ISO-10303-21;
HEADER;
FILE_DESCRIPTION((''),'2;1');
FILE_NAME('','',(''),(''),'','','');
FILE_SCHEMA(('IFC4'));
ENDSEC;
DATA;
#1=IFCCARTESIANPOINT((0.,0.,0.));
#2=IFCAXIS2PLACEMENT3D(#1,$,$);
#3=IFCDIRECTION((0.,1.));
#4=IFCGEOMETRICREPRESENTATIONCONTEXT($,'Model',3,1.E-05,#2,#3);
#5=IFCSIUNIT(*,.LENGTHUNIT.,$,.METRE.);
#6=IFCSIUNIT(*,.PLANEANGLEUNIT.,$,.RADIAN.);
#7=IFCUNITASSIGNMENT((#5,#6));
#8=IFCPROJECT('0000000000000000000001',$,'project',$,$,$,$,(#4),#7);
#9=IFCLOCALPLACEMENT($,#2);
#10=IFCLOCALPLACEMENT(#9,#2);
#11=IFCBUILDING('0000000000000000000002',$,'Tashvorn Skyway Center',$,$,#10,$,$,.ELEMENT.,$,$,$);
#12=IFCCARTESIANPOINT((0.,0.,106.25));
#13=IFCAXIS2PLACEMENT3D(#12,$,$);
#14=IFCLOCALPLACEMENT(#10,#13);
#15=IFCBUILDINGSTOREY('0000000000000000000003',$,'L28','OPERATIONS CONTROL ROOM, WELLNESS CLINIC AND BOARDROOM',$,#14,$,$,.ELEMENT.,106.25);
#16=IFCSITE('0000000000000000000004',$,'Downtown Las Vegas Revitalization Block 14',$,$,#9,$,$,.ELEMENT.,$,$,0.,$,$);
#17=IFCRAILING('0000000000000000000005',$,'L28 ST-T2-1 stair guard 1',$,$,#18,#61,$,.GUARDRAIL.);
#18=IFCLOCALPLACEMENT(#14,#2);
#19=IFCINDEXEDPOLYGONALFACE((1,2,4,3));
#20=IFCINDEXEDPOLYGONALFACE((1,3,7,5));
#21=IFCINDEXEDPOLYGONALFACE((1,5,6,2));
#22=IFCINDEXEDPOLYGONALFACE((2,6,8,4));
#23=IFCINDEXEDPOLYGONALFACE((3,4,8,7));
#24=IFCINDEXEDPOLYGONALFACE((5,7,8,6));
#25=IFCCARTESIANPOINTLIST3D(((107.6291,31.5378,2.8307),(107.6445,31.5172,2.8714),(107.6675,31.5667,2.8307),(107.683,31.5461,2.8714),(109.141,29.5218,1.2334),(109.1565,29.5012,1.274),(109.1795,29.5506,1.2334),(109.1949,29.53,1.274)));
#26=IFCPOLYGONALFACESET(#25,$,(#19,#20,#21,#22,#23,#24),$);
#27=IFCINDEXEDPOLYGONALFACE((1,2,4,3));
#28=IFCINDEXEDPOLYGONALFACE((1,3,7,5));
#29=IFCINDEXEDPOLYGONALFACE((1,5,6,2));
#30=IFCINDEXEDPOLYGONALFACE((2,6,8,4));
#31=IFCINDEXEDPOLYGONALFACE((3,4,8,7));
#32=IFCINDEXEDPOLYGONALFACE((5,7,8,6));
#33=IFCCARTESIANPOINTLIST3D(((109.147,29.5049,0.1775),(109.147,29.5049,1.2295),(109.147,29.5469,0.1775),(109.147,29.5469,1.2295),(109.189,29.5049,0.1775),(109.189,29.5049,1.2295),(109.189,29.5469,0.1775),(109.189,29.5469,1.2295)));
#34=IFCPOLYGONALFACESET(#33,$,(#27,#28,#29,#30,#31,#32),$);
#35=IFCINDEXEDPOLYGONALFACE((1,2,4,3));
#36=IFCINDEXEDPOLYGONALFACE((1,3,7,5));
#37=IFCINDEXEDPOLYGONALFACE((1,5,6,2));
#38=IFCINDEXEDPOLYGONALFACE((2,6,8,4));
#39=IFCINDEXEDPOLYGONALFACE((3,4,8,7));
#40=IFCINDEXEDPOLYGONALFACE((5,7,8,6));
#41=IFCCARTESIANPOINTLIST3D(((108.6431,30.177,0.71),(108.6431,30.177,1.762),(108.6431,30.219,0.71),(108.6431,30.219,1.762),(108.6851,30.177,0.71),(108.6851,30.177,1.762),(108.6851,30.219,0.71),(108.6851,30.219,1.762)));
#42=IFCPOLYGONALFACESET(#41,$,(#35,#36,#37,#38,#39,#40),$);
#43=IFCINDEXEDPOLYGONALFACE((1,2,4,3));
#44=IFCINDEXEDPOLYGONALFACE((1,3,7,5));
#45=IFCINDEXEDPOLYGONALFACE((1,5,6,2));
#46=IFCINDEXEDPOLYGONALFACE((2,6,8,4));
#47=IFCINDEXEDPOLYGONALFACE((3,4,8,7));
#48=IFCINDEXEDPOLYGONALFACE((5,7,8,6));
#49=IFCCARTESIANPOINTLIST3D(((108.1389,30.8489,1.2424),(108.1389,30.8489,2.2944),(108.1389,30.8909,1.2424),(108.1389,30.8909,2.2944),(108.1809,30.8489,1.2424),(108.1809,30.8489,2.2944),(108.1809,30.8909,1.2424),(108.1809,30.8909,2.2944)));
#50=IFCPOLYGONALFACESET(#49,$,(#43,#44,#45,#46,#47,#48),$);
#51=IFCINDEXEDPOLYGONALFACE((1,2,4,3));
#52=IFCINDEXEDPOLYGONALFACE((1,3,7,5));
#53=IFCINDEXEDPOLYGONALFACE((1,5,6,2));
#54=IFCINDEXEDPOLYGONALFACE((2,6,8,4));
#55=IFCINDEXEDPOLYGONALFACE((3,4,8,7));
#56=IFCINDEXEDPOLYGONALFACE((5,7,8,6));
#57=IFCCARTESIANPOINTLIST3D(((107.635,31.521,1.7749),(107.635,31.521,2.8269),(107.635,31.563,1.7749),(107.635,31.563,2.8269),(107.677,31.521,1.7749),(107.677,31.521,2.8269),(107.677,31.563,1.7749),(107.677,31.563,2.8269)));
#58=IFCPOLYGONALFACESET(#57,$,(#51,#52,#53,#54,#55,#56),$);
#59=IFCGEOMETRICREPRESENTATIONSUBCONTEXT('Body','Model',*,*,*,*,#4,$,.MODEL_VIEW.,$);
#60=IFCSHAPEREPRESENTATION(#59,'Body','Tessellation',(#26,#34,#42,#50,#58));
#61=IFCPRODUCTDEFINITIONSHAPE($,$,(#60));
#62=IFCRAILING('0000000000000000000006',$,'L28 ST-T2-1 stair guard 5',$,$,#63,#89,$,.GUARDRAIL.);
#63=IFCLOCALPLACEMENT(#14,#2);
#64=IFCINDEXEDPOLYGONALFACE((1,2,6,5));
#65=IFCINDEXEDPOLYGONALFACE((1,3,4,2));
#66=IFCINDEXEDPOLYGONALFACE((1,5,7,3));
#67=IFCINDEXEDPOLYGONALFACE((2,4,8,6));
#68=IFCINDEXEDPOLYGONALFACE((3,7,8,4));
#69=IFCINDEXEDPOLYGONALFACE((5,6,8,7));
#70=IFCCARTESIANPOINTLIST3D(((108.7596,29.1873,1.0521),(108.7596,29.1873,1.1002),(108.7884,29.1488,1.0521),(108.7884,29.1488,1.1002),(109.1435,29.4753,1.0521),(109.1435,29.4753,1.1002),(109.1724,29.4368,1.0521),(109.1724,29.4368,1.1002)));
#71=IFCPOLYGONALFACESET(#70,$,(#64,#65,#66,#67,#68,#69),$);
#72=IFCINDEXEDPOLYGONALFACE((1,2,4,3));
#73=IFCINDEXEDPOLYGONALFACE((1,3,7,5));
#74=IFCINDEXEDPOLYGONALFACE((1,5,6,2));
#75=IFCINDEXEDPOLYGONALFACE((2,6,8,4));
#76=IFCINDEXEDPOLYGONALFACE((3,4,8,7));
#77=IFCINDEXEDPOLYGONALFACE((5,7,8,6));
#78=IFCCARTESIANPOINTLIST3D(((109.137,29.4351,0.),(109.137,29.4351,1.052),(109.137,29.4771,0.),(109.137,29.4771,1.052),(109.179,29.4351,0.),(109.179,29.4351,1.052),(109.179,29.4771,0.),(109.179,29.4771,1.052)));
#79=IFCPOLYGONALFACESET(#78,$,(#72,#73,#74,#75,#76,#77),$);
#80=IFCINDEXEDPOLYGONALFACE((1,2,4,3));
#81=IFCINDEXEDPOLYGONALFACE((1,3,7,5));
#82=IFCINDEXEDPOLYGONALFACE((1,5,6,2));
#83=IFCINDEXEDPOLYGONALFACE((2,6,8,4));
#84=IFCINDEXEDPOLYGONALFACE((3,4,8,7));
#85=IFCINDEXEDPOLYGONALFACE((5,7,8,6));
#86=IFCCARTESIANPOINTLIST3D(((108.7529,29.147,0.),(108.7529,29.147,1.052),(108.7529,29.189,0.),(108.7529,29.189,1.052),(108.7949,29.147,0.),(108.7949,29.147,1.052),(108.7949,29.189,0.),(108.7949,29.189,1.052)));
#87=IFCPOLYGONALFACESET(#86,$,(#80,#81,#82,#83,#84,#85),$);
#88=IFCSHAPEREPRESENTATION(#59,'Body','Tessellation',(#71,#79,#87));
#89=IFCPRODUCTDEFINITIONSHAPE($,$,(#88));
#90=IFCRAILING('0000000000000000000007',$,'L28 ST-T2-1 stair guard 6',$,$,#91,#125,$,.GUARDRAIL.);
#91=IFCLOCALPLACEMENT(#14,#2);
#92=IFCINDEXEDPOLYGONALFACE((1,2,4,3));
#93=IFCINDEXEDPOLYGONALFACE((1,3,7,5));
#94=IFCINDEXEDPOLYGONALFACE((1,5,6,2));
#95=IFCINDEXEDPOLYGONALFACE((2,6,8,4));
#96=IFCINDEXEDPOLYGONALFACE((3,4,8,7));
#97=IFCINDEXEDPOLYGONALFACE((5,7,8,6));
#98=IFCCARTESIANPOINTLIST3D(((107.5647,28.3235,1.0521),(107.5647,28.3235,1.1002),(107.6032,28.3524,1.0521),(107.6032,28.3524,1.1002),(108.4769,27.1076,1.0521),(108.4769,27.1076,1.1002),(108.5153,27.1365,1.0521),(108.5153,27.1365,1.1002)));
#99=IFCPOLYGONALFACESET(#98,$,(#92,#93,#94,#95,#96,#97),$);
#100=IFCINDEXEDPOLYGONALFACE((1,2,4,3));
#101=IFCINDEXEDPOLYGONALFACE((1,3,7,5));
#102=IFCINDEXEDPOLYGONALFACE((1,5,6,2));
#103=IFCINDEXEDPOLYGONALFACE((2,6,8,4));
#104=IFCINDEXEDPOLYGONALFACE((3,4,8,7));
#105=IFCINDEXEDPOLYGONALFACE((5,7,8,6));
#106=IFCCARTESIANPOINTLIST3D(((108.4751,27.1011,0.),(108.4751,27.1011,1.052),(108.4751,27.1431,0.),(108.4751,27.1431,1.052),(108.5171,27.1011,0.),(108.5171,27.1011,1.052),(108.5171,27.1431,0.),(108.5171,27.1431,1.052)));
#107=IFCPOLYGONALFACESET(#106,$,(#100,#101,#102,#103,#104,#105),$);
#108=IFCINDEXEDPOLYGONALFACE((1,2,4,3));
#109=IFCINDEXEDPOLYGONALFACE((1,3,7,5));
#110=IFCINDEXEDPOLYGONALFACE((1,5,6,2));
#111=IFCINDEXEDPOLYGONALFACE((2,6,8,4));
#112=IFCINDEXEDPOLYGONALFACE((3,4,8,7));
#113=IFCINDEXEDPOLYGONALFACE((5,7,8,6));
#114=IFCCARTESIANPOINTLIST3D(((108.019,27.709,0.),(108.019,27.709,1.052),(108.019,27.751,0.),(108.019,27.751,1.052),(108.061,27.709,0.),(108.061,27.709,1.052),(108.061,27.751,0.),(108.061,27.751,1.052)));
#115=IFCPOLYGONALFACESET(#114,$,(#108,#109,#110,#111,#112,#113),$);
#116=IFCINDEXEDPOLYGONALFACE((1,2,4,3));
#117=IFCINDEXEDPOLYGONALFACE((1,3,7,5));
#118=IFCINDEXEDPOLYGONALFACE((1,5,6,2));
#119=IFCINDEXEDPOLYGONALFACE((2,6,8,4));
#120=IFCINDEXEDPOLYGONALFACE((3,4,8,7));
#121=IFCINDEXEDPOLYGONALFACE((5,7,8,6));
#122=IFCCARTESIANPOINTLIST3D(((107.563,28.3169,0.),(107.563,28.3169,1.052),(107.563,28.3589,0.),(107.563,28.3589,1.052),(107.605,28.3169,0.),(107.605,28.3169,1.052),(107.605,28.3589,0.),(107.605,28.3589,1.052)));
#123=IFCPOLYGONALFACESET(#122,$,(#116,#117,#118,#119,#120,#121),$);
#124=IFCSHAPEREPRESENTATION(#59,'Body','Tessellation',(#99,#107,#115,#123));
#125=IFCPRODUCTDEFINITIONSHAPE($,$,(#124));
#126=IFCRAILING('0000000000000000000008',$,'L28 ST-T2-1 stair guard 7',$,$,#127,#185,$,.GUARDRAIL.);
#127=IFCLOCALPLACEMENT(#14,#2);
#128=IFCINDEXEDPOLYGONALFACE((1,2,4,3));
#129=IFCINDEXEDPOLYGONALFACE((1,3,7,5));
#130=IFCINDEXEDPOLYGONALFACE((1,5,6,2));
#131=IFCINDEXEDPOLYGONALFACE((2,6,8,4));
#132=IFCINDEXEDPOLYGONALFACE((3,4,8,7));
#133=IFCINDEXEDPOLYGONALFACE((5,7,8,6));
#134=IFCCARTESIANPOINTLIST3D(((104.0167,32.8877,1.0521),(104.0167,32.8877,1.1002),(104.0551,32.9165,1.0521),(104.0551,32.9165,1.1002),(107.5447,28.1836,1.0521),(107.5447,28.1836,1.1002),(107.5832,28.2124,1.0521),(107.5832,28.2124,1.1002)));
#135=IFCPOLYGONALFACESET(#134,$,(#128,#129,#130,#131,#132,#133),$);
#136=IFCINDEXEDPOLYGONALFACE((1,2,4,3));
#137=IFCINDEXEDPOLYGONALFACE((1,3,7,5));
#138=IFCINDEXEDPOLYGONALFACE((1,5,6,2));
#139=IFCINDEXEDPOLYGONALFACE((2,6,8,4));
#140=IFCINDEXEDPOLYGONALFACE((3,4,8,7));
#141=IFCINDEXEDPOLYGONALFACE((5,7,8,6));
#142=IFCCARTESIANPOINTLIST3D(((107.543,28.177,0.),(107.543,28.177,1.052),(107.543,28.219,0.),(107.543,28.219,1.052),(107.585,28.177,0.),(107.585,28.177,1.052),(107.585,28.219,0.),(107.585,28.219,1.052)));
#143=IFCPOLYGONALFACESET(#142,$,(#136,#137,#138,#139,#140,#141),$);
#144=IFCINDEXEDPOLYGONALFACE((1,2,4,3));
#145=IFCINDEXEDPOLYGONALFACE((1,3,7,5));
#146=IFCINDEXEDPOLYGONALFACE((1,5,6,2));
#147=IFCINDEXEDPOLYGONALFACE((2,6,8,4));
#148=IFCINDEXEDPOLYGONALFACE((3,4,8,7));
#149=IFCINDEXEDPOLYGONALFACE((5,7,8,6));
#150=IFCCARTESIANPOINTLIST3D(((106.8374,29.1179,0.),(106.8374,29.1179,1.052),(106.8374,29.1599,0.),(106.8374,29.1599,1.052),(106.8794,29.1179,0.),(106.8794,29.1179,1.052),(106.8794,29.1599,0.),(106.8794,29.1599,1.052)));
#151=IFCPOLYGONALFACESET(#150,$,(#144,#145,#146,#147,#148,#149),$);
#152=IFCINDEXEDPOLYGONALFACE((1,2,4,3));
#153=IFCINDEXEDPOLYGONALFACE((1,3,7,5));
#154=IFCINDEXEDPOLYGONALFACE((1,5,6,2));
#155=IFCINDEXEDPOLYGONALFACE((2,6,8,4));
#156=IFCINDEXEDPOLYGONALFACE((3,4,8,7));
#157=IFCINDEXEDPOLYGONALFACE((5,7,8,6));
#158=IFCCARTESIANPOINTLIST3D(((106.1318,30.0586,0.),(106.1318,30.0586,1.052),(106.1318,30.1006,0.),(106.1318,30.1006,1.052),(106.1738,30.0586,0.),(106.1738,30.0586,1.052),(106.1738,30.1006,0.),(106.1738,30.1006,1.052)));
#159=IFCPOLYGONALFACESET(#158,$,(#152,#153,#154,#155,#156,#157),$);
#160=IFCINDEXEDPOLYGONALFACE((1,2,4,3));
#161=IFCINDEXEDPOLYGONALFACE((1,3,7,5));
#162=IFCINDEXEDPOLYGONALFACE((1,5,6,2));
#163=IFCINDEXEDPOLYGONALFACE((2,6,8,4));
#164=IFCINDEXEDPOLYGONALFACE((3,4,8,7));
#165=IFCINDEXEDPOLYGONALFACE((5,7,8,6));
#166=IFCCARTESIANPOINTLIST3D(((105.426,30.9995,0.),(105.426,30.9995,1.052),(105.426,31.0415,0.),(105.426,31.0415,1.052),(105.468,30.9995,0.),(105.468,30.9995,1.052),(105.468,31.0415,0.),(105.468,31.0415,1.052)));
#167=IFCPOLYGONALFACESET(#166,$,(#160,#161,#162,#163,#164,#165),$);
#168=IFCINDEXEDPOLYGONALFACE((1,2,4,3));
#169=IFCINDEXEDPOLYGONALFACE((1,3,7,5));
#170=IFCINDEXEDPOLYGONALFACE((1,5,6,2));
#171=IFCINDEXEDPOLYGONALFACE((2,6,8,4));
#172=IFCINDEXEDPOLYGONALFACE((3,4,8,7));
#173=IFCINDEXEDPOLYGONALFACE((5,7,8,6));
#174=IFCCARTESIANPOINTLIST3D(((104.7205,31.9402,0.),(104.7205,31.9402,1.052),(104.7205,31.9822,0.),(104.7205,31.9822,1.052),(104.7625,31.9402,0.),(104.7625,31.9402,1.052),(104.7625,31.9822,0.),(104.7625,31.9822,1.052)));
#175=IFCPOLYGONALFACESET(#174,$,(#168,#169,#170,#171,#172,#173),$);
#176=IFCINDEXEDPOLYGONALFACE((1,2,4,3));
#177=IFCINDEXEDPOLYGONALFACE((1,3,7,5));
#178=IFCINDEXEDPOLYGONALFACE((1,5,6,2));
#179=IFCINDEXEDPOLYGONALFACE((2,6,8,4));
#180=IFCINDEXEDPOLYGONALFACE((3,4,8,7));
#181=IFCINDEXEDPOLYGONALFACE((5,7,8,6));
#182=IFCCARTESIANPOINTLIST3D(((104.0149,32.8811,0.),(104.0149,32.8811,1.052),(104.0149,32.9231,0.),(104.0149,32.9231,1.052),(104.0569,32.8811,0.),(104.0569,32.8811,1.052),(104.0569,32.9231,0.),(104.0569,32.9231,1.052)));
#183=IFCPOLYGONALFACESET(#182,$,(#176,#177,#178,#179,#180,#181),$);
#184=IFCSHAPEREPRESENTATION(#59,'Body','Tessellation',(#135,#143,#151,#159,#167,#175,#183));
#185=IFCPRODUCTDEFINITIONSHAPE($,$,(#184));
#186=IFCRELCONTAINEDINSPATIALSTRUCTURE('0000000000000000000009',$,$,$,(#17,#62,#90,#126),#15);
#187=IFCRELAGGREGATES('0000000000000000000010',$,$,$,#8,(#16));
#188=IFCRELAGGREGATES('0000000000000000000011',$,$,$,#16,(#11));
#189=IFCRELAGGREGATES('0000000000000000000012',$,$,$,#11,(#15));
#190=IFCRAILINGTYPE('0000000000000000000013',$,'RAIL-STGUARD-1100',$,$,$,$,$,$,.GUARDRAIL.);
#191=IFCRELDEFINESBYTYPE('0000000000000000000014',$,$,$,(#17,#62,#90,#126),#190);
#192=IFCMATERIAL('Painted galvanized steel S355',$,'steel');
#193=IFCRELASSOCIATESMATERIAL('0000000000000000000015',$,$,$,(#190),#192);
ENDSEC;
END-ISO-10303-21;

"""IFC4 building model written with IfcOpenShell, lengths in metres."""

from ifc_helpers import new_model, si_unit, direction, frame, origin, origin_2d, place, context, subcontext, project, spatial, rectangle, extrude, material, type_object, element, save


model = new_model("IFC4")

# Units and contexts
model_context = context("Model", 3, precision=1e-05, world=origin(), true_north=direction((0.0, 1.0)))
body_context = subcontext(model_context, "Body", "Model", "MODEL_VIEW")
ifc_project = project(units=[si_unit("LENGTHUNIT", "METRE"), si_unit("PLANEANGLEUNIT", "RADIAN")], contexts=[model_context])

# Site, building, storey
site_placement = place(None, origin())
site = spatial("IfcSite", under=ifc_project, at=site_placement, Name="Downtown Las Vegas Revitalization Block 14", CompositionType="ELEMENT", RefElevation=0.0)
building_placement = place(site_placement, origin())
building = spatial("IfcBuilding", under=site, at=building_placement, Name="Tashvorn Skyway Center", CompositionType="ELEMENT")
storey_placement = place(building_placement, frame((0.0, 0.0, 106.25)))
storey = spatial("IfcBuildingStorey", under=building, at=storey_placement, Name="L28", Description="OPERATIONS CONTROL ROOM, WELLNESS CLINIC AND BOARDROOM", CompositionType="ELEMENT", Elevation=106.25)

# Railings
ifc_material_1 = material(Name="Painted galvanized steel S355", Category="steel")
railing_type = type_object("IfcRailingType", Name="RAIL-STGUARD-1100", PredefinedType="GUARDRAIL", material=ifc_material_1)
railing_1_placement = place(storey_placement, frame((109.168, 29.5259, 0.1775)))
element("IfcRailing", 1, at=railing_1_placement, inside=storey, type_object=railing_type, Name="L28 ST-T2-1 stair guard 1", PredefinedType="GUARDRAIL", context=body_context, shape_type="SweptSolid", body=[
    extrude(rectangle(XDim=0.0481, YDim=0.0481, at=origin_2d()), frame((0.0, 0.0, 1.0762), z_axis=(-0.506741, 0.675709, 0.535379), x_axis=(-0.800023, -0.599969, 0.0)), (0.0, 0.0, 1.0), 2.9836),
    extrude(rectangle(XDim=0.042, YDim=0.042, at=origin_2d()), origin(), (0.0, 0.0, 1.0), 1.052),
    extrude(rectangle(XDim=0.042, YDim=0.042, at=origin_2d()), frame((-0.5039, 0.6721, 0.5325)), (0.0, 0.0, 1.0), 1.052),
    extrude(rectangle(XDim=0.042, YDim=0.042, at=origin_2d()), frame((-1.0081, 1.344, 1.0649)), (0.0, 0.0, 1.0), 1.052),
    extrude(rectangle(XDim=0.042, YDim=0.042, at=origin_2d()), frame((-1.512, 2.0161, 1.5974)), (0.0, 0.0, 1.0), 1.052),
])
railing_2_placement = place(storey_placement, frame((109.158, 29.4561, 0.0)))
element("IfcRailing", 2, at=railing_2_placement, inside=storey, type_object=railing_type, Name="L28 ST-T2-1 stair guard 5", PredefinedType="GUARDRAIL", context=body_context, shape_type="SweptSolid", body=[
    extrude(rectangle(XDim=0.0481, YDim=0.0481, at=origin_2d()), frame((0.0, 0.0, 1.0762), z_axis=(-0.799939, -0.600081, 0.0), x_axis=(0.600081, -0.799939, 0.0)), (0.0, 0.0, 1.0), 0.48),
    extrude(rectangle(XDim=0.042, YDim=0.042, at=origin_2d()), origin(), (0.0, 0.0, 1.0), 1.052),
    extrude(rectangle(XDim=0.042, YDim=0.042, at=origin_2d()), frame((-0.384, -0.2881, 0.0)), (0.0, 0.0, 1.0), 1.052),
])
railing_3_placement = place(storey_placement, frame((108.4961, 27.1221, 0.0)))
element("IfcRailing", 3, at=railing_3_placement, inside=storey, type_object=railing_type, Name="L28 ST-T2-1 stair guard 6", PredefinedType="GUARDRAIL", context=body_context, shape_type="SweptSolid", body=[
    extrude(rectangle(XDim=0.0481, YDim=0.0481, at=origin_2d()), frame((0.0, 0.0, 1.0762), z_axis=(-0.600103, 0.799923, 0.0), x_axis=(-0.799923, -0.600103, 0.0)), (0.0, 0.0, 1.0), 1.52),
    extrude(rectangle(XDim=0.042, YDim=0.042, at=origin_2d()), origin(), (0.0, 0.0, 1.0), 1.052),
    extrude(rectangle(XDim=0.042, YDim=0.042, at=origin_2d()), frame((-0.4561, 0.6079, 0.0)), (0.0, 0.0, 1.0), 1.052),
    extrude(rectangle(XDim=0.042, YDim=0.042, at=origin_2d()), frame((-0.9121, 1.2158, 0.0)), (0.0, 0.0, 1.0), 1.052),
])
railing_4_placement = place(storey_placement, frame((107.564, 28.198, 0.0)))
element("IfcRailing", 4, at=railing_4_placement, inside=storey, type_object=railing_type, Name="L28 ST-T2-1 stair guard 7", PredefinedType="GUARDRAIL", context=body_context, shape_type="SweptSolid", body=[
    extrude(rectangle(XDim=0.0481, YDim=0.0481, at=origin_2d()), frame((0.0, 0.0, 1.0762), z_axis=(-0.6, 0.8, 0.0), x_axis=(-0.8, -0.6, 0.0)), (0.0, 0.0, 1.0), 5.8801),
    extrude(rectangle(XDim=0.042, YDim=0.042, at=origin_2d()), origin(), (0.0, 0.0, 1.0), 1.052),
    extrude(rectangle(XDim=0.042, YDim=0.042, at=origin_2d()), frame((-0.7056, 0.9409, 0.0)), (0.0, 0.0, 1.0), 1.052),
    extrude(rectangle(XDim=0.042, YDim=0.042, at=origin_2d()), frame((-1.4111, 1.8816, 0.0)), (0.0, 0.0, 1.0), 1.052),
    extrude(rectangle(XDim=0.042, YDim=0.042, at=origin_2d()), frame((-2.1169, 2.8225, 0.0)), (0.0, 0.0, 1.0), 1.052),
    extrude(rectangle(XDim=0.042, YDim=0.042, at=origin_2d()), frame((-2.8225, 3.7632, 0.0)), (0.0, 0.0, 1.0), 1.052),
    extrude(rectangle(XDim=0.042, YDim=0.042, at=origin_2d()), frame((-3.5281, 4.7041, 0.0)), (0.0, 0.0, 1.0), 1.052),
])

save(model, "model.ifc")
